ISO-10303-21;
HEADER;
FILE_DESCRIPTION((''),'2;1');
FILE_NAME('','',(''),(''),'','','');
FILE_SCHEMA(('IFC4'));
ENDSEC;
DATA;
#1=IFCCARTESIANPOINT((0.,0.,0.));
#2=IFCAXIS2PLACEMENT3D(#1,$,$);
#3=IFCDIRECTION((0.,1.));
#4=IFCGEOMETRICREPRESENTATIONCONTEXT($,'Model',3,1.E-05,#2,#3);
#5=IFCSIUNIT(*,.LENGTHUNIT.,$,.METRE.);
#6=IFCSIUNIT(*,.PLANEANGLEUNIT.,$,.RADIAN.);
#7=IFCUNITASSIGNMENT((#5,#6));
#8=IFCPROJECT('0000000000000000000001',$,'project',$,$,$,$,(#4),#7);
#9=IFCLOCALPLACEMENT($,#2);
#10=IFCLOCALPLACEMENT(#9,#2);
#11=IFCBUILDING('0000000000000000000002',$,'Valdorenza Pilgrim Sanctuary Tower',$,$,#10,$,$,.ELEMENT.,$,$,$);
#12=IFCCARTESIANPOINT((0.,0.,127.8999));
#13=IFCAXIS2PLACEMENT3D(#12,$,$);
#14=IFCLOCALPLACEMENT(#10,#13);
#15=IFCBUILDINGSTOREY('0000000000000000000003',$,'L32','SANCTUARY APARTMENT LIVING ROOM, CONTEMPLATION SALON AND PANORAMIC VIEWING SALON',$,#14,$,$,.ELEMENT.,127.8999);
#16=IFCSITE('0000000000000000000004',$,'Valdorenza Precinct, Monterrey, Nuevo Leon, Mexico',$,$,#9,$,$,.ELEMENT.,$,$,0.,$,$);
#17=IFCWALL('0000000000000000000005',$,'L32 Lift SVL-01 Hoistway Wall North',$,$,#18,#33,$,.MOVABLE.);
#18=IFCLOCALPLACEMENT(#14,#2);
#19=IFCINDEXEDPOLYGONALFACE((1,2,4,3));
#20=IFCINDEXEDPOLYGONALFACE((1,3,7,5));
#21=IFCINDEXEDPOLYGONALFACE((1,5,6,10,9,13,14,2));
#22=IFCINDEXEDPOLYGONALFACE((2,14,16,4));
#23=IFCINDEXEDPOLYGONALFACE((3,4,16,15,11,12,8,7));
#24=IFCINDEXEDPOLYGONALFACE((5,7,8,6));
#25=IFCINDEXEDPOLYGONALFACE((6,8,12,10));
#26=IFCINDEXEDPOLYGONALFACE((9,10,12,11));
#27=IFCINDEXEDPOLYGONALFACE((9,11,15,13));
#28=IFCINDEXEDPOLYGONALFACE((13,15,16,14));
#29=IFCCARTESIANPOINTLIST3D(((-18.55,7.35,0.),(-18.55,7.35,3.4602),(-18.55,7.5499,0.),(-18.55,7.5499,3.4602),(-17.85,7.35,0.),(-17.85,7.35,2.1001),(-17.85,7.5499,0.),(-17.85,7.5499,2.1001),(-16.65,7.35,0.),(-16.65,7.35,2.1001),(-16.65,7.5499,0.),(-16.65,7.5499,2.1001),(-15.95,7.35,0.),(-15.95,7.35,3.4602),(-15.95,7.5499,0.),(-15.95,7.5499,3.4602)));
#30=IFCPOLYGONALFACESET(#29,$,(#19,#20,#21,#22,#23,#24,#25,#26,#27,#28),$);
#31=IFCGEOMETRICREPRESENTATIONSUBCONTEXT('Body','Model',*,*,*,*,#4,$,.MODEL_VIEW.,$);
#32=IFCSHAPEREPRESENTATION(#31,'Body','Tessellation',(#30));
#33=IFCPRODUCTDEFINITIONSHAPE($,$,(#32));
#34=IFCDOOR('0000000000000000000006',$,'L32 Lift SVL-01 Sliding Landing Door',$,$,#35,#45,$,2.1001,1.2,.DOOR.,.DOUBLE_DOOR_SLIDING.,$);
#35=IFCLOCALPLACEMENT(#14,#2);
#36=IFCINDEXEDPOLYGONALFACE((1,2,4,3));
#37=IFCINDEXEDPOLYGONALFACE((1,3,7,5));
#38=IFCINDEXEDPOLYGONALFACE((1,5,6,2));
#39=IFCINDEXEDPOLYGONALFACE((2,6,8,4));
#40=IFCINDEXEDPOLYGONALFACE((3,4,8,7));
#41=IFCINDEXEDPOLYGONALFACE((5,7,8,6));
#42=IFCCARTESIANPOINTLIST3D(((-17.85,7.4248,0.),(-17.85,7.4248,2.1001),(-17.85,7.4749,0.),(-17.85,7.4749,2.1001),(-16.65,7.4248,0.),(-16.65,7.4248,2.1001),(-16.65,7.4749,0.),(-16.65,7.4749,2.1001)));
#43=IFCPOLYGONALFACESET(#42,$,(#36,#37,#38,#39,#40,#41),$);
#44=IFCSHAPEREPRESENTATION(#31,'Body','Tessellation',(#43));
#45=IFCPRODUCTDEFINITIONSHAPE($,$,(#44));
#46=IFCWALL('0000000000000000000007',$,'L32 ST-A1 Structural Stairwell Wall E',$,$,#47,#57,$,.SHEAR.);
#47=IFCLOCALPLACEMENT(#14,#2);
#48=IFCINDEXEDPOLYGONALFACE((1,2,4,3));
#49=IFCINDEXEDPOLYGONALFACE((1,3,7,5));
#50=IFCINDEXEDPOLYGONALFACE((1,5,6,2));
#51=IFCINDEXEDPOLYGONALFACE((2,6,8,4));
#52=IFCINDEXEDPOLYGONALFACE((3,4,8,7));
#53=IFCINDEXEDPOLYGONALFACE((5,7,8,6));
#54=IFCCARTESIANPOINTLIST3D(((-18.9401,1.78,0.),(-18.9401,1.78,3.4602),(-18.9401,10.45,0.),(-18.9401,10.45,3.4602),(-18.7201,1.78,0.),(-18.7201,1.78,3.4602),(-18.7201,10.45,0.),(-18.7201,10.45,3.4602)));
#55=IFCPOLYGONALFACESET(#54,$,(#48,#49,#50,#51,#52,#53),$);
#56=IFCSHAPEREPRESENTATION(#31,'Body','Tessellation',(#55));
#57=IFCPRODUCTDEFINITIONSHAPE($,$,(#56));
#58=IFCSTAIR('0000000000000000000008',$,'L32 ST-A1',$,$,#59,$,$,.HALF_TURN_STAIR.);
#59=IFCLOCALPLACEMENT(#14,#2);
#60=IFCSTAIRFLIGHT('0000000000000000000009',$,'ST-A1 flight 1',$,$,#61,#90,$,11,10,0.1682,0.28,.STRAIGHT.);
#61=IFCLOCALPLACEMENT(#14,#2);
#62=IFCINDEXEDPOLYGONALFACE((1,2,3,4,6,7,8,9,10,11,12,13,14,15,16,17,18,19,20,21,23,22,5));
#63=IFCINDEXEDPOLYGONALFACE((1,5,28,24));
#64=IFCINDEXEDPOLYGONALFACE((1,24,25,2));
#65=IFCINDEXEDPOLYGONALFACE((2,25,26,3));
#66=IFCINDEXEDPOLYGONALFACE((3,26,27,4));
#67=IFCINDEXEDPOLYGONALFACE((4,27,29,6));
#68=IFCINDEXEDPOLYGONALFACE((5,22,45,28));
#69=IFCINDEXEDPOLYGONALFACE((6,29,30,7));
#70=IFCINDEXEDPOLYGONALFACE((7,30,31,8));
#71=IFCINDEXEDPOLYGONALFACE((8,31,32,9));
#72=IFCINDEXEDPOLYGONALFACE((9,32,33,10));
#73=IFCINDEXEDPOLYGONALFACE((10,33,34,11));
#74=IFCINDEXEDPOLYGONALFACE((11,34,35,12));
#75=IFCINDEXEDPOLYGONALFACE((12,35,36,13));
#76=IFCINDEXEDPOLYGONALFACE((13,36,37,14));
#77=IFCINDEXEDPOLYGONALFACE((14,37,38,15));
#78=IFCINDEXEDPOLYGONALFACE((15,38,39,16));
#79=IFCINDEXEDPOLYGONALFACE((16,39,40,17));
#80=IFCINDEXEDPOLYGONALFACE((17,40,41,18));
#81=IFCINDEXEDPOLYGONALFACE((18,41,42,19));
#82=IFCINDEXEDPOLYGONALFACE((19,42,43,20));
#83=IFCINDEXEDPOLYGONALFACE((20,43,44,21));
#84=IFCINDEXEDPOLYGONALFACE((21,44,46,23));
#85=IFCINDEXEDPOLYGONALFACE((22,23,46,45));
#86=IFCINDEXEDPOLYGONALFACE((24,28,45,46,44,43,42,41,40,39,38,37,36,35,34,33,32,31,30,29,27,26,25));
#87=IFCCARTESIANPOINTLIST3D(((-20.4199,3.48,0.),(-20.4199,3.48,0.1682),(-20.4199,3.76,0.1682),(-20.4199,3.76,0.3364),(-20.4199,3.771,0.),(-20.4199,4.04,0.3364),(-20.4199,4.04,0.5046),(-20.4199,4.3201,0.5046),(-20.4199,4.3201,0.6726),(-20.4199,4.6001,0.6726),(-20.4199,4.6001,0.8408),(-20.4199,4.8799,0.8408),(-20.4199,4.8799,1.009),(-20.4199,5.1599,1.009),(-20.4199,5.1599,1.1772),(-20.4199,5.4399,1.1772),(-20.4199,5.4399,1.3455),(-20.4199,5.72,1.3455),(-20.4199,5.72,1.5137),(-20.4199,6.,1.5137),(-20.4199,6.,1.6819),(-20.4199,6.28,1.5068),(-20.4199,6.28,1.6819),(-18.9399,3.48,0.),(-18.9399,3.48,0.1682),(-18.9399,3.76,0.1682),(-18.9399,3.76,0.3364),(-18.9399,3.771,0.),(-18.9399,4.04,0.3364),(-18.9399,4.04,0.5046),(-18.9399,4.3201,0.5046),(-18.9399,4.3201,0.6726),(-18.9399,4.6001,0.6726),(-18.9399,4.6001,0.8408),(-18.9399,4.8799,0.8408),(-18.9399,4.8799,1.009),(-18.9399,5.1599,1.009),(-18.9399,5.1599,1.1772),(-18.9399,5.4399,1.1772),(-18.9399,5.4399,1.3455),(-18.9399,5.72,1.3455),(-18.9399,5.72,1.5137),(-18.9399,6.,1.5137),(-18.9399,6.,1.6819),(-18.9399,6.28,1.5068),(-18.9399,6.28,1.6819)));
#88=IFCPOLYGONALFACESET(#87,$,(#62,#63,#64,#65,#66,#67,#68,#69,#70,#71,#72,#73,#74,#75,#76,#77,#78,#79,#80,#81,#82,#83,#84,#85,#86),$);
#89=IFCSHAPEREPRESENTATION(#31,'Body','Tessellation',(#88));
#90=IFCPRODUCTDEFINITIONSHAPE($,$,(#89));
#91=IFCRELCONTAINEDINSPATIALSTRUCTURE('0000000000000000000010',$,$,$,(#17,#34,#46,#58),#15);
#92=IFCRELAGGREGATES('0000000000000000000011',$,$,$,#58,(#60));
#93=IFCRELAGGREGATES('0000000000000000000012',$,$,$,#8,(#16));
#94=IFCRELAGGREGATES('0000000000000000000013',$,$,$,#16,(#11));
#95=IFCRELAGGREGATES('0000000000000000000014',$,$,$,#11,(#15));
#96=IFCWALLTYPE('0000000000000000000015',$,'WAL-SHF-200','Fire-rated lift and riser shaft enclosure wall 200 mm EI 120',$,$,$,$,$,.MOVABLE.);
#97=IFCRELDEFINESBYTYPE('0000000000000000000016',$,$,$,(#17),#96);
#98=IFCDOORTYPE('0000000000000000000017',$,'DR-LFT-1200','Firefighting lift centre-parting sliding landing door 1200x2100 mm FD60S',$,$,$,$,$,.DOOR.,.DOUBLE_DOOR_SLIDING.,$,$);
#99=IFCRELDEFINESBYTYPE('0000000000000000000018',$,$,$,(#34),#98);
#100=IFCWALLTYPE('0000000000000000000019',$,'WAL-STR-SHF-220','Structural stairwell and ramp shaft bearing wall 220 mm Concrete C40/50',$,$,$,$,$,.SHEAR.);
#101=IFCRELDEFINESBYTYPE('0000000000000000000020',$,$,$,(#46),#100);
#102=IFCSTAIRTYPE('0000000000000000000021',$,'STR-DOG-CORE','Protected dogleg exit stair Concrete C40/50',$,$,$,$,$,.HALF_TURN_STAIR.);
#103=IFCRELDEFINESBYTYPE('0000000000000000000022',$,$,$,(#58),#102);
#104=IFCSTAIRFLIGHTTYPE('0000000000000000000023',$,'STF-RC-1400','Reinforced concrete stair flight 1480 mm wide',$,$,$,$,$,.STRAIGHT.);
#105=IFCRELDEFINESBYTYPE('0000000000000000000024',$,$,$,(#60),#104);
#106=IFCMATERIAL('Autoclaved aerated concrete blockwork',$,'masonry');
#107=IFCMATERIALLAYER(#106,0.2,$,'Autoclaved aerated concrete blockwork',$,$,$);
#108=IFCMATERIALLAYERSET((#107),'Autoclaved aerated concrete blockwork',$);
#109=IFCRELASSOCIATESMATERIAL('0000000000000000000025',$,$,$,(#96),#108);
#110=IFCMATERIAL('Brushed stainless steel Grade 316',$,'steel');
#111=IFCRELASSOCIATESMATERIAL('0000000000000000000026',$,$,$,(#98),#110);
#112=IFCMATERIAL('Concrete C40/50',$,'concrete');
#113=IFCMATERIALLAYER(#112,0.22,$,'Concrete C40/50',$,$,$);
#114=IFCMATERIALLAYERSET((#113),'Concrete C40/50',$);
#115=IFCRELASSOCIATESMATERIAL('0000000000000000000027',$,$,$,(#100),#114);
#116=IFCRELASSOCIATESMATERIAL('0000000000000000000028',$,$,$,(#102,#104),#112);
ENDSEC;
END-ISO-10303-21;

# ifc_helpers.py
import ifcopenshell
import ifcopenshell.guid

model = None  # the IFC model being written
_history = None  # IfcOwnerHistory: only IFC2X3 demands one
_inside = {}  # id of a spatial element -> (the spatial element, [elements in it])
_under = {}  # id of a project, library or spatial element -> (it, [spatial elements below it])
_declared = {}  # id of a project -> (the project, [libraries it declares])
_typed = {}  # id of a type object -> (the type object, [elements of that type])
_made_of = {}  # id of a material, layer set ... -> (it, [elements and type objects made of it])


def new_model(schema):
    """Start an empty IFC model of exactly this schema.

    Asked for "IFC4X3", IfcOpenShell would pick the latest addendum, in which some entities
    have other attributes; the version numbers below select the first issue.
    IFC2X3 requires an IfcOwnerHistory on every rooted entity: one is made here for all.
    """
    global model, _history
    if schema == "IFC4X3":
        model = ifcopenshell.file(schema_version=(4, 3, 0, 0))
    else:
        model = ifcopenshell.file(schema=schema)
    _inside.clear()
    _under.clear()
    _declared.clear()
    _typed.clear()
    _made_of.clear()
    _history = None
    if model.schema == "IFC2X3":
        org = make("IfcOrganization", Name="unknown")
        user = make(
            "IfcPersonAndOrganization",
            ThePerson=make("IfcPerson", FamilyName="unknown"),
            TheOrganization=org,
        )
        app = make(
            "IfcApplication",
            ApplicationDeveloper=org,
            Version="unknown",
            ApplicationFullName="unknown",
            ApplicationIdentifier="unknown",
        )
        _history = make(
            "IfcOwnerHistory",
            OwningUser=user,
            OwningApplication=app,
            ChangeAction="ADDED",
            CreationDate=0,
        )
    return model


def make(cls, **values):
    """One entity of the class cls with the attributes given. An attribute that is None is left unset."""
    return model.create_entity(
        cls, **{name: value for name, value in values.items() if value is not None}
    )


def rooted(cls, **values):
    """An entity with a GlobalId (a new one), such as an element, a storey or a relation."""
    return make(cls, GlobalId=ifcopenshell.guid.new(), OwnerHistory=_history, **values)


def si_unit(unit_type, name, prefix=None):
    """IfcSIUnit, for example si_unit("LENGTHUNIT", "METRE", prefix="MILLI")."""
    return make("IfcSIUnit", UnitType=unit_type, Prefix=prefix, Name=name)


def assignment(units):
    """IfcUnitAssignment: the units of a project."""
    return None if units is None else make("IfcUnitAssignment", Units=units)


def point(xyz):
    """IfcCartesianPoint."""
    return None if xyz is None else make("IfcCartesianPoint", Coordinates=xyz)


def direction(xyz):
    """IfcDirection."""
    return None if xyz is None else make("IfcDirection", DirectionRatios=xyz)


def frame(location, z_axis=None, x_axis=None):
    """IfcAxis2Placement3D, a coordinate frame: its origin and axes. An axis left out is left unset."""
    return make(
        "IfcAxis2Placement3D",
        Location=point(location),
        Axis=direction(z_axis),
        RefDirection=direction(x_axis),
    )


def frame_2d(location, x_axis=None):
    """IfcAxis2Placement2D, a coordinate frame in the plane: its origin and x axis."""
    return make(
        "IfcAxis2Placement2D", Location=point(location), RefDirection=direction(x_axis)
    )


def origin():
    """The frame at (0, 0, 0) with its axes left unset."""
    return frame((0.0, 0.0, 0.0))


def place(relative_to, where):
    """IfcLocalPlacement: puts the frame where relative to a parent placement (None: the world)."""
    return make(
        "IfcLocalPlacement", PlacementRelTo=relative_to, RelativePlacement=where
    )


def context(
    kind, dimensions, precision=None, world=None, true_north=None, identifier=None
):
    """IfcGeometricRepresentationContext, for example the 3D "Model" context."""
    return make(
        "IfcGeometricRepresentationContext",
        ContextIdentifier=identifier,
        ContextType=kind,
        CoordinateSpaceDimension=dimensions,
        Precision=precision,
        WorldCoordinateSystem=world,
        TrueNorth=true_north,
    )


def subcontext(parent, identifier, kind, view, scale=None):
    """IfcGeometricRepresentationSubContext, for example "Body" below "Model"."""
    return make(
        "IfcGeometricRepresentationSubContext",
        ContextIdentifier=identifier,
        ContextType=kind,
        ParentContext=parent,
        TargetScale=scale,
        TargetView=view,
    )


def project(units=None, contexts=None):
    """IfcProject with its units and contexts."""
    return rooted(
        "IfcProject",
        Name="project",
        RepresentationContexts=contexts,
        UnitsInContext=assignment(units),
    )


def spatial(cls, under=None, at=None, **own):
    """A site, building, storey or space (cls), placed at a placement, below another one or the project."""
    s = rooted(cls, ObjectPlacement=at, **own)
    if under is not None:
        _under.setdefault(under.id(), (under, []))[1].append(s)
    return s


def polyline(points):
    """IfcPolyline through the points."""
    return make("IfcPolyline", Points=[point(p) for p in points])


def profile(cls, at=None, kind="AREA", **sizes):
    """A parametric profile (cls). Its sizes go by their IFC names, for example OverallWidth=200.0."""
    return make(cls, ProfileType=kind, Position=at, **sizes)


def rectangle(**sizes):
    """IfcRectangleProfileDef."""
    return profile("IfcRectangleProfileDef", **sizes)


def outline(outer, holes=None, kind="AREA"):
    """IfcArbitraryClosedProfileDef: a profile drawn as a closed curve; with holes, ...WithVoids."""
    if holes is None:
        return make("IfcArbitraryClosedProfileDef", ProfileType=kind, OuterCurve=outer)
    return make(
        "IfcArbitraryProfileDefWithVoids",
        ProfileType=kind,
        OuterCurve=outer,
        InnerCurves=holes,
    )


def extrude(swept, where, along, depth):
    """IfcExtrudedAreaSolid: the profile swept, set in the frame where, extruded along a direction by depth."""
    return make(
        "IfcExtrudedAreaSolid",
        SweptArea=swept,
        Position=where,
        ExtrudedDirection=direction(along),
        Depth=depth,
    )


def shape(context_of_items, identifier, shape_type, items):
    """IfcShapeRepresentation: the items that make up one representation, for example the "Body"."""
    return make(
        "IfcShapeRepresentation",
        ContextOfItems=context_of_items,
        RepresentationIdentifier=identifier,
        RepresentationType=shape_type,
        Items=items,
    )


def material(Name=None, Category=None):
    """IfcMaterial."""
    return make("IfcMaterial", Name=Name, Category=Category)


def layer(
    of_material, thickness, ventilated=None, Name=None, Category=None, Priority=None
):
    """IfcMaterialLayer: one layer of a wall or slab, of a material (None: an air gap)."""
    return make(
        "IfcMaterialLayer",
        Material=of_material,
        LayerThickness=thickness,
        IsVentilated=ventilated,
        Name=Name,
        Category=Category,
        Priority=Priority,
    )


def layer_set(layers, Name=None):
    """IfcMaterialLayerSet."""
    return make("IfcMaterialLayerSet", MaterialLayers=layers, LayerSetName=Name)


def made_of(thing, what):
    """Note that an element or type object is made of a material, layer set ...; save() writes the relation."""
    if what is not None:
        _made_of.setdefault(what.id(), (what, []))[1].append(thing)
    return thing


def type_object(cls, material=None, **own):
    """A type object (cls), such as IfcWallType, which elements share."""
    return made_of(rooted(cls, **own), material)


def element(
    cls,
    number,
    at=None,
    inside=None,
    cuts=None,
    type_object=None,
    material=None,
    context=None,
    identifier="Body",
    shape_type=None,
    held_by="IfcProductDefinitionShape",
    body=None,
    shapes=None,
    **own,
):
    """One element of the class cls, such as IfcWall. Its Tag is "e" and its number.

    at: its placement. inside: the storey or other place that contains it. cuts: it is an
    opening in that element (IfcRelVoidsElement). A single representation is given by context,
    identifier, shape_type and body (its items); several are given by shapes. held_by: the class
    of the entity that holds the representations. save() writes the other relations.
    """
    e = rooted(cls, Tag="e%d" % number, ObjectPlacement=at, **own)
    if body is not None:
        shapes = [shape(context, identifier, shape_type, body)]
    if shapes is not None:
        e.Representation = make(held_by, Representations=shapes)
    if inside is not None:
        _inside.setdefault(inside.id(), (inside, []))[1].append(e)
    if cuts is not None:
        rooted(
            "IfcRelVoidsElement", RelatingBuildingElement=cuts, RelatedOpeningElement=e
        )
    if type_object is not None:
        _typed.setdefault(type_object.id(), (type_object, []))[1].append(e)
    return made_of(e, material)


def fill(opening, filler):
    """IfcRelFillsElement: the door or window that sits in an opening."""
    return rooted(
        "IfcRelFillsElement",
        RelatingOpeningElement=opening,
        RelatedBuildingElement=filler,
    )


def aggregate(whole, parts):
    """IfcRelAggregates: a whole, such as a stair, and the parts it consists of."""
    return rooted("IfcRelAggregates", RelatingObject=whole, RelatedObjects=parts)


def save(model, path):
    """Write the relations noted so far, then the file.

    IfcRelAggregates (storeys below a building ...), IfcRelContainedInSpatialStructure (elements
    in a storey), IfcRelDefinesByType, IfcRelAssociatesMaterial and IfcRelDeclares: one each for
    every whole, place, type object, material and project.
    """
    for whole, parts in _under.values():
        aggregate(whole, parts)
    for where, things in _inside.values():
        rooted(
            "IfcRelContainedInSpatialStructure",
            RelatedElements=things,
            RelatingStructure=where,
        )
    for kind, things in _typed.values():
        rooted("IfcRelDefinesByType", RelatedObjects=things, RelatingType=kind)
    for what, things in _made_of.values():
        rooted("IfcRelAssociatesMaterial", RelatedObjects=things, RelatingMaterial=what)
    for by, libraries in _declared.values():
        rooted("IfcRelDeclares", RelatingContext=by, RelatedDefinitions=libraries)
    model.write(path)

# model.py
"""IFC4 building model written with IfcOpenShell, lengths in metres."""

from ifc_helpers import new_model, si_unit, direction, frame, frame_2d, origin, place, context, subcontext, project, spatial, polyline, rectangle, outline, extrude, material, layer, layer_set, type_object, element, fill, aggregate, save


model = new_model("IFC4")

# Units and contexts
model_context = context("Model", 3, precision=1e-05, world=origin(), true_north=direction((0.0, 1.0)))
body_context = subcontext(model_context, "Body", "Model", "MODEL_VIEW")
ifc_project = project(units=[si_unit("LENGTHUNIT", "METRE"), si_unit("PLANEANGLEUNIT", "RADIAN")], contexts=[model_context])

# Site, building, storey
site_placement = place(None, origin())
site = spatial("IfcSite", under=ifc_project, at=site_placement, Name="Valdorenza Precinct, Monterrey, Nuevo Leon, Mexico", CompositionType="ELEMENT", RefElevation=0.0)
building_placement = place(site_placement, origin())
building = spatial("IfcBuilding", under=site, at=building_placement, Name="Valdorenza Pilgrim Sanctuary Tower", CompositionType="ELEMENT")
storey_placement = place(building_placement, frame((0.0, 0.0, 127.8999)))
storey = spatial("IfcBuildingStorey", under=building, at=storey_placement, Name="L32", Description="SANCTUARY APARTMENT LIVING ROOM, CONTEMPLATION SALON AND PANORAMIC VIEWING SALON", CompositionType="ELEMENT", Elevation=127.8999)

# Shared definitions
ifc_material_1 = material(Name="Autoclaved aerated concrete blockwork", Category="masonry")
ifc_layer_1 = layer(ifc_material_1, 0.2, Name="Autoclaved aerated concrete blockwork")
ifc_layer_set_1 = layer_set([ifc_layer_1], Name="Autoclaved aerated concrete blockwork")
wall_type_1 = type_object("IfcWallType", Name="WAL-SHF-200", Description="Fire-rated lift and riser shaft enclosure wall 200 mm EI 120", PredefinedType="MOVABLE", material=ifc_layer_set_1)

# Shared definitions
ifc_material_2 = material(Name="Brushed stainless steel Grade 316", Category="steel")
door_type_1 = type_object("IfcDoorType", Name="DR-LFT-1200", Description="Firefighting lift centre-parting sliding landing door 1200x2100 mm FD60S", OperationType="DOUBLE_DOOR_SLIDING", PredefinedType="DOOR", material=ifc_material_2)

# Wall, opening, door
wall_1_placement = place(storey_placement, frame((-18.55, 7.45, 0.0), z_axis=(0.0, 0.0, 1.0), x_axis=(1.0, 0.0, 0.0)))
wall_1 = element("IfcWall", 1, at=wall_1_placement, inside=storey, type_object=wall_type_1, Name="L32 Lift SVL-01 Hoistway Wall North", PredefinedType="MOVABLE", context=body_context, shape_type="SweptSolid", body=[
    extrude(rectangle(XDim=2.6001, YDim=0.2, at=frame_2d((1.3, 0.0))), origin(), (0.0, 0.0, 1.0), 3.4602),
])
opening_1_placement = place(wall_1_placement, frame((0.7, 0.0, 0.0)))
opening_1 = element("IfcOpeningElement", 2, at=opening_1_placement, cuts=wall_1, PredefinedType="OPENING", context=body_context, shape_type="SweptSolid", body=[
    extrude(rectangle(XDim=1.2, YDim=2.1001, at=frame_2d((0.6001, 1.05))), frame((0.0, 0.1147, 0.0), z_axis=(0.0, -1.0, 0.0), x_axis=(1.0, 0.0, 0.0)), (0.0, 0.0, 1.0), 0.2297),
])
door_1_placement = place(opening_1_placement, origin())
door_1 = element("IfcDoor", 3, at=door_1_placement, inside=storey, type_object=door_type_1, Name="L32 Lift SVL-01 Sliding Landing Door", OperationType="DOUBLE_DOOR_SLIDING", OverallHeight=2.1001, OverallWidth=1.2, PredefinedType="DOOR", context=body_context, shape_type="SweptSolid", body=[
    extrude(rectangle(XDim=1.2, YDim=2.1001, at=frame_2d((0.6001, 1.05))), frame((0.0, 0.0249, 0.0), z_axis=(0.0, -1.0, 0.0), x_axis=(1.0, 0.0, 0.0)), (0.0, 0.0, 1.0), 0.05),
])
fill(opening_1, door_1)

# Wall
ifc_material_3 = material(Name="Concrete C40/50", Category="concrete")
ifc_layer_2 = layer(ifc_material_3, 0.22, Name="Concrete C40/50")
ifc_layer_set_2 = layer_set([ifc_layer_2], Name="Concrete C40/50")
wall_type_2 = type_object("IfcWallType", Name="WAL-STR-SHF-220", Description="Structural stairwell and ramp shaft bearing wall 220 mm Concrete C40/50", PredefinedType="SHEAR", material=ifc_layer_set_2)
wall_2_placement = place(storey_placement, frame((-18.8301, 1.78, 0.0), z_axis=(0.0, 0.0, 1.0), x_axis=(0.0, 1.0, 0.0)))
element("IfcWall", 4, at=wall_2_placement, inside=storey, type_object=wall_type_2, Name="L32 ST-A1 Structural Stairwell Wall E", PredefinedType="SHEAR", context=body_context, shape_type="SweptSolid", body=[
    extrude(rectangle(XDim=8.6699, YDim=0.22, at=frame_2d((4.335, 0.0))), origin(), (0.0, 0.0, 1.0), 3.4602),
])

# Stair, stair flight
stair_type = type_object("IfcStairType", Name="STR-DOG-CORE", Description="Protected dogleg exit stair Concrete C40/50", PredefinedType="HALF_TURN_STAIR", material=ifc_material_3)
stair_placement = place(storey_placement, origin())
stair = element("IfcStair", 5, at=stair_placement, inside=storey, type_object=stair_type, Name="L32 ST-A1", PredefinedType="HALF_TURN_STAIR")
stair_flight_type = type_object("IfcStairFlightType", Name="STF-RC-1400", Description="Reinforced concrete stair flight 1480 mm wide", PredefinedType="STRAIGHT", material=ifc_material_3)
stair_flight_placement = place(storey_placement, frame((-19.6799, 3.48, 0.0), z_axis=(0.0, 0.0, 1.0), x_axis=(0.0, 1.0, 0.0)))
stair_flight = element("IfcStairFlight", 6, at=stair_flight_placement, type_object=stair_flight_type, Name="ST-A1 flight 1", NumberOfRisers=11, NumberOfTreads=10, PredefinedType="STRAIGHT", RiserHeight=0.1682, TreadLength=0.28, context=body_context, shape_type="SweptSolid", body=[
    extrude(outline(polyline([(0.0, 0.0), (0.0, 0.1682), (0.28, 0.1682), (0.28, 0.3364), (0.5601, 0.3364), (0.5601, 0.5046), (0.8401, 0.5046), (0.8401, 0.6726), (1.1201, 0.6726), (1.1201, 0.8408), (1.3999, 0.8408), (1.3999, 1.009), (1.6799, 1.009), (1.6799, 1.1772), (1.96, 1.1772), (1.96, 1.3455), (2.24, 1.3455), (2.24, 1.5137), (2.52, 1.5137), (2.52, 1.6819), (2.8, 1.6819), (2.8, 1.8501), (2.8, 1.5068), (0.291, 0.0), (0.0, 0.0)])), frame((0.0, 0.74, 0.0), z_axis=(0.0, -1.0, 0.0), x_axis=(1.0, 0.0, 0.0)), (0.0, 0.0, 1.0), 1.48),
])
aggregate(stair, [stair_flight])

save(model, "model.ifc")
